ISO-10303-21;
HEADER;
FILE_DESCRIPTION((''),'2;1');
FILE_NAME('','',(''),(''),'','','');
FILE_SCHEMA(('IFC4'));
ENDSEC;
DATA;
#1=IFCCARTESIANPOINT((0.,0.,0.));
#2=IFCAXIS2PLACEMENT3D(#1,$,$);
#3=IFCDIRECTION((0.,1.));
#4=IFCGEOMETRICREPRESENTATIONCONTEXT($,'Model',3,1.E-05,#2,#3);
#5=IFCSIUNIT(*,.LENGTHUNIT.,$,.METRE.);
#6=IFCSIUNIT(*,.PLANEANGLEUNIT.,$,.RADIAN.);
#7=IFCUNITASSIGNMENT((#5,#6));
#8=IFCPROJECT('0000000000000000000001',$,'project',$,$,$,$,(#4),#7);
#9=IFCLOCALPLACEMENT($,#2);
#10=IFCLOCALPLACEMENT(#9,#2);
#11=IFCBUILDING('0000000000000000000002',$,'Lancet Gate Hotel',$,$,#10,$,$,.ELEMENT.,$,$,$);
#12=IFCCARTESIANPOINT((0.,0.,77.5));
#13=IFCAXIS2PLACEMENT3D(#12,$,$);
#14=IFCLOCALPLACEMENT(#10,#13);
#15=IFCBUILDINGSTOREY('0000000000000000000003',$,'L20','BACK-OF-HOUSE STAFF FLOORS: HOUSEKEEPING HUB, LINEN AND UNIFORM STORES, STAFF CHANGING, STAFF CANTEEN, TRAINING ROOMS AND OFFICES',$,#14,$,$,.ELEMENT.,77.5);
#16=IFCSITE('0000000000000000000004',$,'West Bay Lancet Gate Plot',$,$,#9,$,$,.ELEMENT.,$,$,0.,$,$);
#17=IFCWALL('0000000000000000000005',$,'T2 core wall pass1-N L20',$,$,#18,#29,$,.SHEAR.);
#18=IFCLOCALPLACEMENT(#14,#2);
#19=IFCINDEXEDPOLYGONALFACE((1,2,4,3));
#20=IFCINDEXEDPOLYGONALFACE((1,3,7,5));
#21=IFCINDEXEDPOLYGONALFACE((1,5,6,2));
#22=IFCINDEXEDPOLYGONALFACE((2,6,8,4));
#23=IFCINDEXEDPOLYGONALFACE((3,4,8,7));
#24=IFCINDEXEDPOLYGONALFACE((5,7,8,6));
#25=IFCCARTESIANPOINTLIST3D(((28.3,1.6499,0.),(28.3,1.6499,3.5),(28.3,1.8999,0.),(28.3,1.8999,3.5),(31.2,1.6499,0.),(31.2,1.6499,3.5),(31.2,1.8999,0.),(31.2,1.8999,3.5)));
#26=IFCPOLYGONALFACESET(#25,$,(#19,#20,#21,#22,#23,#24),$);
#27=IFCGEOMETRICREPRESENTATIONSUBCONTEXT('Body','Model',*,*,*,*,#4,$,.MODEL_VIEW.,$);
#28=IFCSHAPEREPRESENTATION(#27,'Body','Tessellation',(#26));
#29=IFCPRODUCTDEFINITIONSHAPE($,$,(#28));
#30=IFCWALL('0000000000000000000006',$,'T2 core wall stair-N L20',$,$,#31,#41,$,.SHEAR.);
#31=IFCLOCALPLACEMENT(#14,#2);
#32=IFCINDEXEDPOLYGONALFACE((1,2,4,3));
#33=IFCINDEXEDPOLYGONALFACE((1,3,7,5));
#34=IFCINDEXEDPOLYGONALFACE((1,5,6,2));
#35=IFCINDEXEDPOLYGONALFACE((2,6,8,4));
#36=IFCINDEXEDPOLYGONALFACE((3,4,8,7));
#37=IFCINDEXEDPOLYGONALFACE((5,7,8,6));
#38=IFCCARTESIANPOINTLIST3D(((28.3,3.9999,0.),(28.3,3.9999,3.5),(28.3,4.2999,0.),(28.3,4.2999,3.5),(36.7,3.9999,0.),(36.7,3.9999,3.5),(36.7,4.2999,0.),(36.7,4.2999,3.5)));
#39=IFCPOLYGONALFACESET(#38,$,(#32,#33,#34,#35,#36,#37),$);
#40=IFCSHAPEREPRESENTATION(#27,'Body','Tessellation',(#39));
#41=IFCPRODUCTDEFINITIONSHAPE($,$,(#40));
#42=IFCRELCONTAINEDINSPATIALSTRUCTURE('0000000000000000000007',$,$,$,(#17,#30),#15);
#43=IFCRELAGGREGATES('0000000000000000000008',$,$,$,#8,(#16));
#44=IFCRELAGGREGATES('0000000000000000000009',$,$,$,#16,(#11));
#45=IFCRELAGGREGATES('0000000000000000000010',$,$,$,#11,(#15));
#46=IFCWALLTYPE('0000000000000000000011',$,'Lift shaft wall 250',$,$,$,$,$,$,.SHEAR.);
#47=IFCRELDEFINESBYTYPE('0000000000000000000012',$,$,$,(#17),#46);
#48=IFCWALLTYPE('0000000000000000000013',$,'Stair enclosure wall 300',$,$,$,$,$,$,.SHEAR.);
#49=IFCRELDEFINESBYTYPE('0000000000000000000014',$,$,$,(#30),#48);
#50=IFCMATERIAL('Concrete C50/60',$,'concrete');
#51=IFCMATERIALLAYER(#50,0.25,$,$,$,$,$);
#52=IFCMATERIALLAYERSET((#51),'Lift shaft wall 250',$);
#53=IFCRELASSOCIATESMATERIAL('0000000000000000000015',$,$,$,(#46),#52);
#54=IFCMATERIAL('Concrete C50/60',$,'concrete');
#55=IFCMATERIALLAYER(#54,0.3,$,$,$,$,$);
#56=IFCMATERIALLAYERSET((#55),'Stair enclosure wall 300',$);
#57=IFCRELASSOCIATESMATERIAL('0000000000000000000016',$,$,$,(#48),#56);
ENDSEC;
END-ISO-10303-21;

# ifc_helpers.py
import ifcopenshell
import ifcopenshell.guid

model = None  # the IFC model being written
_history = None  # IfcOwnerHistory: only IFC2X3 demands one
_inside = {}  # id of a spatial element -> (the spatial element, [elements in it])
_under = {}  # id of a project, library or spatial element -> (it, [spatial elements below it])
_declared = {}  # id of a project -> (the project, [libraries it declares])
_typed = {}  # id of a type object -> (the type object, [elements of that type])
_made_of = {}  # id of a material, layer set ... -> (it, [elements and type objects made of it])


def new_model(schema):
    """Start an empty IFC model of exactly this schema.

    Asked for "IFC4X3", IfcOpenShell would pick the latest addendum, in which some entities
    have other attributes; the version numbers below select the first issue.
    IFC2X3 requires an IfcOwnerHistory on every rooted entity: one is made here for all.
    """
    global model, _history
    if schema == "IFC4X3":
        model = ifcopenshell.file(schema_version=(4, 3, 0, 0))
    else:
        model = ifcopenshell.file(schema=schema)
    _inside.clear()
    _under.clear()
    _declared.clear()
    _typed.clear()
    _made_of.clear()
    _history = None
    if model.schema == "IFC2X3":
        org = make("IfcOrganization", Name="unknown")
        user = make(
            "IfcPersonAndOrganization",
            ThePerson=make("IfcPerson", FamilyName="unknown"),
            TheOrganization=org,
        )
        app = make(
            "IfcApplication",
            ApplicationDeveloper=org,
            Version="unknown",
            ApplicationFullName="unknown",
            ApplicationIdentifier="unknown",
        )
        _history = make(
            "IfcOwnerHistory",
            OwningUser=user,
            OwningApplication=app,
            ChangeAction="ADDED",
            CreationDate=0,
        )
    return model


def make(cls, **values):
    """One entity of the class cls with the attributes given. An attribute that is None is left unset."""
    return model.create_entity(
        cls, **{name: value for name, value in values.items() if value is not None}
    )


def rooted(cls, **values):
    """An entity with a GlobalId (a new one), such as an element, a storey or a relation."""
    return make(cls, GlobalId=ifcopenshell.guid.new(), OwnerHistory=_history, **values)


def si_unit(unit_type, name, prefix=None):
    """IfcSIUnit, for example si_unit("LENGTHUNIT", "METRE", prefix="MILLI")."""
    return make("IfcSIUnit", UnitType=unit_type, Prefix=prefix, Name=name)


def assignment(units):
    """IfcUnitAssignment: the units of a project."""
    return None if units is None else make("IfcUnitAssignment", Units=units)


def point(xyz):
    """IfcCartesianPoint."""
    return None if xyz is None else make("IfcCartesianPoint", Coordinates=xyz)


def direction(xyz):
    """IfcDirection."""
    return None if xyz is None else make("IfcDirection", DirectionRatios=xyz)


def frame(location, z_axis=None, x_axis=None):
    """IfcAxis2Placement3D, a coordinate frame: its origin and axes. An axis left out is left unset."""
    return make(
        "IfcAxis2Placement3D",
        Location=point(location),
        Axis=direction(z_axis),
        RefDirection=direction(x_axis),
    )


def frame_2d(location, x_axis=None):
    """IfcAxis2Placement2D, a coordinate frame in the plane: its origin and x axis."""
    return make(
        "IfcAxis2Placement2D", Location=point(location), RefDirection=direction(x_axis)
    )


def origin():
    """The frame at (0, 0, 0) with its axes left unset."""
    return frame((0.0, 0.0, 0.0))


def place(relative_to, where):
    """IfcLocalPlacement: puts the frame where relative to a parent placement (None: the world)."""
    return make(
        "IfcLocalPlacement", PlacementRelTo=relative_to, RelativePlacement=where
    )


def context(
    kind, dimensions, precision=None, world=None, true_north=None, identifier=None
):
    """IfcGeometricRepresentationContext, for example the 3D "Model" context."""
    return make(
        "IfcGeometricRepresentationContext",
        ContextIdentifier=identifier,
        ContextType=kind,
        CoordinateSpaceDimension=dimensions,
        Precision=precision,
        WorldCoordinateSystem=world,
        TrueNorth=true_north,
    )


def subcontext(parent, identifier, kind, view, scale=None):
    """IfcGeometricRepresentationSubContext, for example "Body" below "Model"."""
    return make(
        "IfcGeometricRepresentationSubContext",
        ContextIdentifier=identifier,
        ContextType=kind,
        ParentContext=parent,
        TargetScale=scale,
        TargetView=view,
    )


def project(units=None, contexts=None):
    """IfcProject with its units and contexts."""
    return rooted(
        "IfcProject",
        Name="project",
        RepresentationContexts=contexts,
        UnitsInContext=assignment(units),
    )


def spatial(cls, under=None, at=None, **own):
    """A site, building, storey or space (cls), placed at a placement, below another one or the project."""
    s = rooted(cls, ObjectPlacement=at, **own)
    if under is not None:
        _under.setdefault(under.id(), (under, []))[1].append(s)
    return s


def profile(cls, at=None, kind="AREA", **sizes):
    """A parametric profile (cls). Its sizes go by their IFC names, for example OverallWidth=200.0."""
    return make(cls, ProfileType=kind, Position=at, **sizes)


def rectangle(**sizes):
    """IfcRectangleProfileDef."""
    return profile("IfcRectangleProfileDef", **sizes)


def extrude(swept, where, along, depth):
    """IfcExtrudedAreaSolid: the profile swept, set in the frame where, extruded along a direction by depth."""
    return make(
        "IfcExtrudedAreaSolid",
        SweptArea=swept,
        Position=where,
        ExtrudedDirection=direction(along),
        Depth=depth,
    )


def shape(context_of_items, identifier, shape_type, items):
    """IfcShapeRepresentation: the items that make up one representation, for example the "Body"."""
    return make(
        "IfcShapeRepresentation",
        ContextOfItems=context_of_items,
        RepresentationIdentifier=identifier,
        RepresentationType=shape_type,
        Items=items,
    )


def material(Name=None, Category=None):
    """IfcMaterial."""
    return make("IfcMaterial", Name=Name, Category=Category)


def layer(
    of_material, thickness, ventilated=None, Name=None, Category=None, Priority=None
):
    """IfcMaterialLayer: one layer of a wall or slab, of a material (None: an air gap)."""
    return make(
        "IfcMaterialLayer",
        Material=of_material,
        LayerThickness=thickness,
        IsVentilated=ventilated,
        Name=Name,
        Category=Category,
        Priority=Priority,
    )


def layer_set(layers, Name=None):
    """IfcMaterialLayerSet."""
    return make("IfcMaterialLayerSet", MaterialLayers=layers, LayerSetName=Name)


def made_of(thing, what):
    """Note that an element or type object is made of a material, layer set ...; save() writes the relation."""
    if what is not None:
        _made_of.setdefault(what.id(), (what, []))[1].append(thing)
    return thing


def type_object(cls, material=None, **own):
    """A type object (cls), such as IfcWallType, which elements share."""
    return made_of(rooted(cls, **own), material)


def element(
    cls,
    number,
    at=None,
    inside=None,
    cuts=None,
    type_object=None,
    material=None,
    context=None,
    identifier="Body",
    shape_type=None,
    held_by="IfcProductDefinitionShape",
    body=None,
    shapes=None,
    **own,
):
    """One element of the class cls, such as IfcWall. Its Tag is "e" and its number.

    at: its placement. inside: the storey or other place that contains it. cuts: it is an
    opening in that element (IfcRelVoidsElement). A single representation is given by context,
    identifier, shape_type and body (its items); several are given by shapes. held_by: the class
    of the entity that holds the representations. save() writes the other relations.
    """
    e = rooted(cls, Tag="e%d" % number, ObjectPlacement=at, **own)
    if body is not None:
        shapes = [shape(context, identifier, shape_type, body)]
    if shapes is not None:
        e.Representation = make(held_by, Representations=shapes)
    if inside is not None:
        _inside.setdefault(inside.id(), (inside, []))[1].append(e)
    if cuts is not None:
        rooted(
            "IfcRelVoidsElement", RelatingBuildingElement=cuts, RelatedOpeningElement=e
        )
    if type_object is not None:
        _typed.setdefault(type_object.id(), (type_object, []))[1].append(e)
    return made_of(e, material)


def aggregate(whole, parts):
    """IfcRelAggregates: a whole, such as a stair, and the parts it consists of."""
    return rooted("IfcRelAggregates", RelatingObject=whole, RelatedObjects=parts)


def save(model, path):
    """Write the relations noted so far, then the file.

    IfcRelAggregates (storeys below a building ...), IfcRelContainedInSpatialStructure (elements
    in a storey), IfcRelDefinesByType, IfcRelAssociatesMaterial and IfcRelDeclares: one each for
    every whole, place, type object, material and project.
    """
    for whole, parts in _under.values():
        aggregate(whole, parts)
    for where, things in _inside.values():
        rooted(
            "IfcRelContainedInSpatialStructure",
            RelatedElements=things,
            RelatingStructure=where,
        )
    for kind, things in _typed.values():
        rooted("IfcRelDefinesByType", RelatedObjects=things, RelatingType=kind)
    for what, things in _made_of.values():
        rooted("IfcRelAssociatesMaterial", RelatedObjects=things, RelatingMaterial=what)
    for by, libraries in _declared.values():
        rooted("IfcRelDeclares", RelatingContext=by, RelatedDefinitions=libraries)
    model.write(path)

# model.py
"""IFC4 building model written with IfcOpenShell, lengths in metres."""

from ifc_helpers import new_model, si_unit, direction, frame, frame_2d, origin, place, context, subcontext, project, spatial, rectangle, extrude, material, layer, layer_set, type_object, element, save


model = new_model("IFC4")

# Units and contexts
model_context = context("Model", 3, precision=1e-05, world=origin(), true_north=direction((0.0, 1.0)))
body_context = subcontext(model_context, "Body", "Model", "MODEL_VIEW")
ifc_project = project(units=[si_unit("LENGTHUNIT", "METRE"), si_unit("PLANEANGLEUNIT", "RADIAN")], contexts=[model_context])

# Site, building, storey
site_placement = place(None, origin())
site = spatial("IfcSite", under=ifc_project, at=site_placement, Name="West Bay Lancet Gate Plot", CompositionType="ELEMENT", RefElevation=0.0)
building_placement = place(site_placement, origin())
building = spatial("IfcBuilding", under=site, at=building_placement, Name="Lancet Gate Hotel", CompositionType="ELEMENT")
storey_placement = place(building_placement, frame((0.0, 0.0, 77.5)))
storey = spatial("IfcBuildingStorey", under=building, at=storey_placement, Name="L20", Description="BACK-OF-HOUSE STAFF FLOORS: HOUSEKEEPING HUB, LINEN AND UNIFORM STORES, STAFF CHANGING, STAFF CANTEEN, TRAINING ROOMS AND OFFICES", CompositionType="ELEMENT", Elevation=77.5)

# Walls
ifc_material_1 = material(Name="Concrete C50/60", Category="concrete")
ifc_layer_1 = layer(ifc_material_1, 0.25)
ifc_layer_set_1 = layer_set([ifc_layer_1], Name="Lift shaft wall 250")
wall_type_1 = type_object("IfcWallType", Name="Lift shaft wall 250", PredefinedType="SHEAR", material=ifc_layer_set_1)
wall_1_placement = place(storey_placement, frame((28.3, 1.7749, 0.0), z_axis=(0.0, 0.0, 1.0), x_axis=(1.0, 0.0, 0.0)))
element("IfcWall", 1, at=wall_1_placement, inside=storey, type_object=wall_type_1, Name="T2 core wall pass1-N L20", PredefinedType="SHEAR", context=body_context, shape_type="SweptSolid", body=[
    extrude(rectangle(XDim=2.8999, YDim=0.25, at=frame_2d((1.45, 0.0))), origin(), (0.0, 0.0, 1.0), 3.5),
])
ifc_material_2 = material(Name="Concrete C50/60", Category="concrete")
ifc_layer_2 = layer(ifc_material_2, 0.3)
ifc_layer_set_2 = layer_set([ifc_layer_2], Name="Stair enclosure wall 300")
wall_type_2 = type_object("IfcWallType", Name="Stair enclosure wall 300", PredefinedType="SHEAR", material=ifc_layer_set_2)
wall_2_placement = place(storey_placement, frame((28.3, 4.1499, 0.0), z_axis=(0.0, 0.0, 1.0), x_axis=(1.0, 0.0, 0.0)))
element("IfcWall", 2, at=wall_2_placement, inside=storey, type_object=wall_type_2, Name="T2 core wall stair-N L20", PredefinedType="SHEAR", context=body_context, shape_type="SweptSolid", body=[
    extrude(rectangle(XDim=8.3999, YDim=0.3, at=frame_2d((4.2, 0.0))), origin(), (0.0, 0.0, 1.0), 3.5),
])

save(model, "model.ifc")
